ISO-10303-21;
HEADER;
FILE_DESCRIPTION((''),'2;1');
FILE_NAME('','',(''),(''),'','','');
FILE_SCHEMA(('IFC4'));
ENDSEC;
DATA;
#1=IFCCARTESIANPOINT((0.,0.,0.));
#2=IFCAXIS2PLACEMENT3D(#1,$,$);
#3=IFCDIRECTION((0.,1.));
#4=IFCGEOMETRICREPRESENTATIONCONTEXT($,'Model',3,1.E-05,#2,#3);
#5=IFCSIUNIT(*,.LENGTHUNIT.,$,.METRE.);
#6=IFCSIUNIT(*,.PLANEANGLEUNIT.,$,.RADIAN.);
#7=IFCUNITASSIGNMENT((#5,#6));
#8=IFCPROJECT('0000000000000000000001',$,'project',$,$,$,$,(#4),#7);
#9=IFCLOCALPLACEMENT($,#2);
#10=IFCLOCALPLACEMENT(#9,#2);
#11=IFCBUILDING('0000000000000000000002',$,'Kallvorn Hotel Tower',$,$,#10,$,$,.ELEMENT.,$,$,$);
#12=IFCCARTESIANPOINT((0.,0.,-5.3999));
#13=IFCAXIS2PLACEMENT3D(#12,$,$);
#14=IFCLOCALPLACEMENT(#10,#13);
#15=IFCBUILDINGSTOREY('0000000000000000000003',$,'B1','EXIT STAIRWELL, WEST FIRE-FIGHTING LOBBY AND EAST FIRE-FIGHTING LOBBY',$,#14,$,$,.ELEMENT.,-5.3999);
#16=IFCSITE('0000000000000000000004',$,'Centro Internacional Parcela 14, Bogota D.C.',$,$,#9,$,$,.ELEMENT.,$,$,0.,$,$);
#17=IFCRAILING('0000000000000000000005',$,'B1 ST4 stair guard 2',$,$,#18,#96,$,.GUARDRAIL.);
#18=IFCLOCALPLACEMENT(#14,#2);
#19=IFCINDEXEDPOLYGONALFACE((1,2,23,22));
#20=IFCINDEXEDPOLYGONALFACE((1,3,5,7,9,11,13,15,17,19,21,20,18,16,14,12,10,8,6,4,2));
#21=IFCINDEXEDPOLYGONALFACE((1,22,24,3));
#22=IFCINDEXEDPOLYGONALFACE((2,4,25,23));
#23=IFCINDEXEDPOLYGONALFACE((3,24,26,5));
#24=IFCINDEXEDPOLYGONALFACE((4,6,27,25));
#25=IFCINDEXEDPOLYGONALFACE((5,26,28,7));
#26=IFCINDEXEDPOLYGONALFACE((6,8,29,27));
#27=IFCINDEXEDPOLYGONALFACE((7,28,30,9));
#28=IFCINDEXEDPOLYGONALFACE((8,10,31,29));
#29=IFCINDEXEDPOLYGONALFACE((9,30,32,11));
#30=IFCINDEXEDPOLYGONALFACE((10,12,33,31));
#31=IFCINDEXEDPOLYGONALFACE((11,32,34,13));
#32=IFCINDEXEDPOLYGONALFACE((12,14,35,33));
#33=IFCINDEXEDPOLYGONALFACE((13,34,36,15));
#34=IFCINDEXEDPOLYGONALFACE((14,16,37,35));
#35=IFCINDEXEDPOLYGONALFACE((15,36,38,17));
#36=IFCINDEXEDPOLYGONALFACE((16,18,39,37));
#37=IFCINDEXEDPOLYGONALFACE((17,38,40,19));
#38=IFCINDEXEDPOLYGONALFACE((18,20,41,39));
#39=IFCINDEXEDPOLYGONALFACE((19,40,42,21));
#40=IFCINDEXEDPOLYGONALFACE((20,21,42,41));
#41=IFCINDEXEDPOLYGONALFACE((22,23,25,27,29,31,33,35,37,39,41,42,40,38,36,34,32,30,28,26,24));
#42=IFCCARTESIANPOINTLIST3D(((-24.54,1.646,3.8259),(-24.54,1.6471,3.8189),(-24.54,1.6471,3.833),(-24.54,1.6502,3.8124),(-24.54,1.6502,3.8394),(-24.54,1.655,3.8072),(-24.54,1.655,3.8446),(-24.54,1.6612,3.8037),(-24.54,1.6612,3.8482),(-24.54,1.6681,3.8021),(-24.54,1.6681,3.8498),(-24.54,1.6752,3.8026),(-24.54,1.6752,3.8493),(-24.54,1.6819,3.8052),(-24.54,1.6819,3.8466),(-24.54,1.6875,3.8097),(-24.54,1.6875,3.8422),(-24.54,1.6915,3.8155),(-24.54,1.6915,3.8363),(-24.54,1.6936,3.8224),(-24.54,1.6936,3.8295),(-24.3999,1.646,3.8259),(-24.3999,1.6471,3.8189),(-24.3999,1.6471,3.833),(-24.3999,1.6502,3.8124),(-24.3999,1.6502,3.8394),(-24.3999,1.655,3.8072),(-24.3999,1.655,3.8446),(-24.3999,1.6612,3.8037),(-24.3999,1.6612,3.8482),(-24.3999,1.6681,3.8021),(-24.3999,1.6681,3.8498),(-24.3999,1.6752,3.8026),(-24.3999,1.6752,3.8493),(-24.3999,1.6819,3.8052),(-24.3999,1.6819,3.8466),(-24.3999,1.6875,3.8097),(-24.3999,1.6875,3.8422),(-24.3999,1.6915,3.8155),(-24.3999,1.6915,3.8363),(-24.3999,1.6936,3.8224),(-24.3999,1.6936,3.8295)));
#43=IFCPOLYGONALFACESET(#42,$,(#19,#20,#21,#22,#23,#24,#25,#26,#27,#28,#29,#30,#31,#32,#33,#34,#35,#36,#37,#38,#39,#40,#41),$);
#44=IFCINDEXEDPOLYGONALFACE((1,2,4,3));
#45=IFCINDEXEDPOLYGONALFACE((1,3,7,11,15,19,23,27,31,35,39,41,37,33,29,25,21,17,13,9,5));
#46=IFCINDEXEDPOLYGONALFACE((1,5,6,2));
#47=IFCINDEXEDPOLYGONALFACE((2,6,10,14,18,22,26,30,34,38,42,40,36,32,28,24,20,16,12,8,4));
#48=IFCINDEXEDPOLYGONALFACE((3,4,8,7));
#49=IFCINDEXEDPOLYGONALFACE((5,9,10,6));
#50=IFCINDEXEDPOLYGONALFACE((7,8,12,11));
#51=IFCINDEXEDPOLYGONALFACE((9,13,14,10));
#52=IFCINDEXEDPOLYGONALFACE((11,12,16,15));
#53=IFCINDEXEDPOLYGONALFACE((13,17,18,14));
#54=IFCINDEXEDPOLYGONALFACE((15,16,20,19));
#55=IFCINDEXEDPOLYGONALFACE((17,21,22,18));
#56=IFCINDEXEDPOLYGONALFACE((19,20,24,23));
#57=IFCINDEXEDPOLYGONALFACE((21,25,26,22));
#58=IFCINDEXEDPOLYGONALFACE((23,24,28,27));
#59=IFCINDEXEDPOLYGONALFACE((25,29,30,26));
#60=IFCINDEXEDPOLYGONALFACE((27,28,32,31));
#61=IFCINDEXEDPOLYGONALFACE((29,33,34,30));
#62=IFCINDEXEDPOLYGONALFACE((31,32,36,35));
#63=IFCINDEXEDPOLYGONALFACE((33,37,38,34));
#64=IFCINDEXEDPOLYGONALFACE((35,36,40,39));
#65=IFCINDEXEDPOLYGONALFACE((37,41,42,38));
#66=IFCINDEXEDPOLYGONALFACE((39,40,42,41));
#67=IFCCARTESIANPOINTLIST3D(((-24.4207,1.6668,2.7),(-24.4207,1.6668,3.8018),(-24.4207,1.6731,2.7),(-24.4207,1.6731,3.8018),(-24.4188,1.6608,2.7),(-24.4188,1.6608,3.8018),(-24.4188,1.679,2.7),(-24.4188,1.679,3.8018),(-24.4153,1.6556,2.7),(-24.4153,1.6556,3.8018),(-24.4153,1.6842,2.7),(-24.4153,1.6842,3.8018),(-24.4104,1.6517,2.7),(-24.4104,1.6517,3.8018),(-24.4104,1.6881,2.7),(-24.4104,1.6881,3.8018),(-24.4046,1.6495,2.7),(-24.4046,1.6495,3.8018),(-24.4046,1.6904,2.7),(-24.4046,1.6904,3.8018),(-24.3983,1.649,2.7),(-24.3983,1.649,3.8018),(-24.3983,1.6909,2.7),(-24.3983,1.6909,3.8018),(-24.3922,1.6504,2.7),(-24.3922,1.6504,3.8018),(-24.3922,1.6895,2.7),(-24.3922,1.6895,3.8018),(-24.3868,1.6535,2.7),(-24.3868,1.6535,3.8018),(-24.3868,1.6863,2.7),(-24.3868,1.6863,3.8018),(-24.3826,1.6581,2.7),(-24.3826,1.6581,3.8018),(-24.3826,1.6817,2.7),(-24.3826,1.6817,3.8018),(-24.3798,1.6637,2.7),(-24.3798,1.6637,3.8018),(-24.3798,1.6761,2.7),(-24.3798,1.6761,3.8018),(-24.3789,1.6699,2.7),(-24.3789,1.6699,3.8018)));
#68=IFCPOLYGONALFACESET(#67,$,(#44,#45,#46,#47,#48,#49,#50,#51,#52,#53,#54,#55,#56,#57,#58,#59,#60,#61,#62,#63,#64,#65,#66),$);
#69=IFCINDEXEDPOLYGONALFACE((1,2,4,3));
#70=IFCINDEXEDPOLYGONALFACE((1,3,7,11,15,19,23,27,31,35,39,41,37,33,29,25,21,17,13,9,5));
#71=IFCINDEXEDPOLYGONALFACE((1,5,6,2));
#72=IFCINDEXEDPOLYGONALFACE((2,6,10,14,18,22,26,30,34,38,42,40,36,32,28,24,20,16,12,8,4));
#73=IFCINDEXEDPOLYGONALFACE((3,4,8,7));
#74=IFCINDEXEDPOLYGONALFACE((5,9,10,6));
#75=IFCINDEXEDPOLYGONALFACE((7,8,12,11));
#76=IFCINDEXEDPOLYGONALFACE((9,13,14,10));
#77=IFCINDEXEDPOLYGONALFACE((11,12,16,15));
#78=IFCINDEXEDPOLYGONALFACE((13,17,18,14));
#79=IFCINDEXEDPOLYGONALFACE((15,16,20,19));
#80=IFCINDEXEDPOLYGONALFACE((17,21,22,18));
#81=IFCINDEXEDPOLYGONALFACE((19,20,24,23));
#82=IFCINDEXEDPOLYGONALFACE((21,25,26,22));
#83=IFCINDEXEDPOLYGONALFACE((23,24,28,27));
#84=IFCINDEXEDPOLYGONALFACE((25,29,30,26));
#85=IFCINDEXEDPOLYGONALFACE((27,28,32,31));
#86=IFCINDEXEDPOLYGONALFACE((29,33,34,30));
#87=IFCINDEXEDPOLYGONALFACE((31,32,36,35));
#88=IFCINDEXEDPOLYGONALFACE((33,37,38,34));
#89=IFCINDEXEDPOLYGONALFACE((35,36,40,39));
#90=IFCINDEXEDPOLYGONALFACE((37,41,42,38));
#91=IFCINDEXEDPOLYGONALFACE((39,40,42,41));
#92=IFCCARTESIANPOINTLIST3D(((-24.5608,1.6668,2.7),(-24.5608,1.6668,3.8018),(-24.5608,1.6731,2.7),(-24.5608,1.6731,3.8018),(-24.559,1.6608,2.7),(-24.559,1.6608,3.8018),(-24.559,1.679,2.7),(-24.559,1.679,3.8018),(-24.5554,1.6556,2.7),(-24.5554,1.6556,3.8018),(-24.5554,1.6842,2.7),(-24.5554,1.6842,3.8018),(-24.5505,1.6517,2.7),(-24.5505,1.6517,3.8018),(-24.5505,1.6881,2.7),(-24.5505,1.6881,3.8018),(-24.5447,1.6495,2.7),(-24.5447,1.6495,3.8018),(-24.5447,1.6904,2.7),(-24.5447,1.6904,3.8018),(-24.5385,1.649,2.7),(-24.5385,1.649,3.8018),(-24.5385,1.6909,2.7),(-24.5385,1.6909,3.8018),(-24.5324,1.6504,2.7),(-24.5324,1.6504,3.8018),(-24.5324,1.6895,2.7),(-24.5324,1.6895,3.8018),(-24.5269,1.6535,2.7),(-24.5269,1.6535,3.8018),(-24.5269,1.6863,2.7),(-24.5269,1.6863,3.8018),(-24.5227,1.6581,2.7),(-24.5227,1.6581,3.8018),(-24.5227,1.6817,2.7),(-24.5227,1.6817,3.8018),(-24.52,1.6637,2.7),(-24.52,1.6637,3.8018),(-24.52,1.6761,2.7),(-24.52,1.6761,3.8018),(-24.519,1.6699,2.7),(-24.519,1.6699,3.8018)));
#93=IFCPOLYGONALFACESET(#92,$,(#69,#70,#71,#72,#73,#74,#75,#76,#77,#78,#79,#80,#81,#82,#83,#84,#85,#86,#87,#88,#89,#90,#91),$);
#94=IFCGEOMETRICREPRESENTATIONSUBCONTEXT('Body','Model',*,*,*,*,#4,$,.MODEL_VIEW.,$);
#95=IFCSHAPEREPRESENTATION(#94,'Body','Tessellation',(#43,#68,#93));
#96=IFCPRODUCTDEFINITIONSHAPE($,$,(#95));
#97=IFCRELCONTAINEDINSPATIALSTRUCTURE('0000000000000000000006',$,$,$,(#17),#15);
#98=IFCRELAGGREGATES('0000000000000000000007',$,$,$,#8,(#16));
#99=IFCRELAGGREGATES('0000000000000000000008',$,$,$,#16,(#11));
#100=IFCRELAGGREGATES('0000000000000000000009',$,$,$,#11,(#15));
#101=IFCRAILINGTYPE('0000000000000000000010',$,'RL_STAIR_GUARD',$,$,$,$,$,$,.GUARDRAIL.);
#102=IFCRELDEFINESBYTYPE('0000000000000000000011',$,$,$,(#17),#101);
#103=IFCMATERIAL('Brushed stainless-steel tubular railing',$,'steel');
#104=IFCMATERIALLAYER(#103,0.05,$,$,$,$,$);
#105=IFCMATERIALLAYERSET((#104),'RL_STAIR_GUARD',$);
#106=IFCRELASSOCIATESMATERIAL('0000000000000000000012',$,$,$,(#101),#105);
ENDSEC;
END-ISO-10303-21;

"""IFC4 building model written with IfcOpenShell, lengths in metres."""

from ifc_helpers import new_model, si_unit, direction, frame, origin, origin_2d, place, context, subcontext, project, spatial, circle, extrude, material, layer, layer_set, type_object, element, save


model = new_model("IFC4")

# Units and contexts
model_context = context("Model", 3, precision=1e-05, world=origin(), true_north=direction((0.0, 1.0)))
body_context = subcontext(model_context, "Body", "Model", "MODEL_VIEW")
ifc_project = project(units=[si_unit("LENGTHUNIT", "METRE"), si_unit("PLANEANGLEUNIT", "RADIAN")], contexts=[model_context])

# Site, building, storey
site_placement = place(None, origin())
site = spatial("IfcSite", under=ifc_project, at=site_placement, Name="Centro Internacional Parcela 14, Bogota D.C.", CompositionType="ELEMENT", RefElevation=0.0)
building_placement = place(site_placement, origin())
building = spatial("IfcBuilding", under=site, at=building_placement, Name="Kallvorn Hotel Tower", CompositionType="ELEMENT")
storey_placement = place(building_placement, frame((0.0, 0.0, -5.3999)))
storey = spatial("IfcBuildingStorey", under=building, at=storey_placement, Name="B1", Description="EXIT STAIRWELL, WEST FIRE-FIGHTING LOBBY AND EAST FIRE-FIGHTING LOBBY", CompositionType="ELEMENT", Elevation=-5.3999)

# Railing
ifc_material_1 = material(Name="Brushed stainless-steel tubular railing", Category="steel")
ifc_layer_1 = layer(ifc_material_1, 0.05)
ifc_layer_set_1 = layer_set([ifc_layer_1], Name="RL_STAIR_GUARD")
railing_type_1 = type_object("IfcRailingType", Name="RL_STAIR_GUARD", PredefinedType="GUARDRAIL", material=ifc_layer_set_1)
railing_1_placement = place(storey_placement, frame((-24.3999, 1.6699, 2.7)))
element("IfcRailing", 1, at=railing_1_placement, inside=storey, type_object=railing_type_1, Name="B1 ST4 stair guard 2", PredefinedType="GUARDRAIL", context=body_context, shape_type="SweptSolid", body=[
    extrude(circle(Radius=0.0239, at=origin_2d()), frame((0.0, 0.0, 1.126), z_axis=(-1.0, 0.0, 0.0), x_axis=(0.0, -1.0, 0.0)), (0.0, 0.0, 1.0), 0.1401),
    extrude(circle(Radius=0.021, at=origin_2d()), origin(), (0.0, 0.0, 1.0), 1.1018),
    extrude(circle(Radius=0.021, at=origin_2d()), frame((-0.1401, 0.0, 0.0)), (0.0, 0.0, 1.0), 1.1018),
])

save(model, "model.ifc")
